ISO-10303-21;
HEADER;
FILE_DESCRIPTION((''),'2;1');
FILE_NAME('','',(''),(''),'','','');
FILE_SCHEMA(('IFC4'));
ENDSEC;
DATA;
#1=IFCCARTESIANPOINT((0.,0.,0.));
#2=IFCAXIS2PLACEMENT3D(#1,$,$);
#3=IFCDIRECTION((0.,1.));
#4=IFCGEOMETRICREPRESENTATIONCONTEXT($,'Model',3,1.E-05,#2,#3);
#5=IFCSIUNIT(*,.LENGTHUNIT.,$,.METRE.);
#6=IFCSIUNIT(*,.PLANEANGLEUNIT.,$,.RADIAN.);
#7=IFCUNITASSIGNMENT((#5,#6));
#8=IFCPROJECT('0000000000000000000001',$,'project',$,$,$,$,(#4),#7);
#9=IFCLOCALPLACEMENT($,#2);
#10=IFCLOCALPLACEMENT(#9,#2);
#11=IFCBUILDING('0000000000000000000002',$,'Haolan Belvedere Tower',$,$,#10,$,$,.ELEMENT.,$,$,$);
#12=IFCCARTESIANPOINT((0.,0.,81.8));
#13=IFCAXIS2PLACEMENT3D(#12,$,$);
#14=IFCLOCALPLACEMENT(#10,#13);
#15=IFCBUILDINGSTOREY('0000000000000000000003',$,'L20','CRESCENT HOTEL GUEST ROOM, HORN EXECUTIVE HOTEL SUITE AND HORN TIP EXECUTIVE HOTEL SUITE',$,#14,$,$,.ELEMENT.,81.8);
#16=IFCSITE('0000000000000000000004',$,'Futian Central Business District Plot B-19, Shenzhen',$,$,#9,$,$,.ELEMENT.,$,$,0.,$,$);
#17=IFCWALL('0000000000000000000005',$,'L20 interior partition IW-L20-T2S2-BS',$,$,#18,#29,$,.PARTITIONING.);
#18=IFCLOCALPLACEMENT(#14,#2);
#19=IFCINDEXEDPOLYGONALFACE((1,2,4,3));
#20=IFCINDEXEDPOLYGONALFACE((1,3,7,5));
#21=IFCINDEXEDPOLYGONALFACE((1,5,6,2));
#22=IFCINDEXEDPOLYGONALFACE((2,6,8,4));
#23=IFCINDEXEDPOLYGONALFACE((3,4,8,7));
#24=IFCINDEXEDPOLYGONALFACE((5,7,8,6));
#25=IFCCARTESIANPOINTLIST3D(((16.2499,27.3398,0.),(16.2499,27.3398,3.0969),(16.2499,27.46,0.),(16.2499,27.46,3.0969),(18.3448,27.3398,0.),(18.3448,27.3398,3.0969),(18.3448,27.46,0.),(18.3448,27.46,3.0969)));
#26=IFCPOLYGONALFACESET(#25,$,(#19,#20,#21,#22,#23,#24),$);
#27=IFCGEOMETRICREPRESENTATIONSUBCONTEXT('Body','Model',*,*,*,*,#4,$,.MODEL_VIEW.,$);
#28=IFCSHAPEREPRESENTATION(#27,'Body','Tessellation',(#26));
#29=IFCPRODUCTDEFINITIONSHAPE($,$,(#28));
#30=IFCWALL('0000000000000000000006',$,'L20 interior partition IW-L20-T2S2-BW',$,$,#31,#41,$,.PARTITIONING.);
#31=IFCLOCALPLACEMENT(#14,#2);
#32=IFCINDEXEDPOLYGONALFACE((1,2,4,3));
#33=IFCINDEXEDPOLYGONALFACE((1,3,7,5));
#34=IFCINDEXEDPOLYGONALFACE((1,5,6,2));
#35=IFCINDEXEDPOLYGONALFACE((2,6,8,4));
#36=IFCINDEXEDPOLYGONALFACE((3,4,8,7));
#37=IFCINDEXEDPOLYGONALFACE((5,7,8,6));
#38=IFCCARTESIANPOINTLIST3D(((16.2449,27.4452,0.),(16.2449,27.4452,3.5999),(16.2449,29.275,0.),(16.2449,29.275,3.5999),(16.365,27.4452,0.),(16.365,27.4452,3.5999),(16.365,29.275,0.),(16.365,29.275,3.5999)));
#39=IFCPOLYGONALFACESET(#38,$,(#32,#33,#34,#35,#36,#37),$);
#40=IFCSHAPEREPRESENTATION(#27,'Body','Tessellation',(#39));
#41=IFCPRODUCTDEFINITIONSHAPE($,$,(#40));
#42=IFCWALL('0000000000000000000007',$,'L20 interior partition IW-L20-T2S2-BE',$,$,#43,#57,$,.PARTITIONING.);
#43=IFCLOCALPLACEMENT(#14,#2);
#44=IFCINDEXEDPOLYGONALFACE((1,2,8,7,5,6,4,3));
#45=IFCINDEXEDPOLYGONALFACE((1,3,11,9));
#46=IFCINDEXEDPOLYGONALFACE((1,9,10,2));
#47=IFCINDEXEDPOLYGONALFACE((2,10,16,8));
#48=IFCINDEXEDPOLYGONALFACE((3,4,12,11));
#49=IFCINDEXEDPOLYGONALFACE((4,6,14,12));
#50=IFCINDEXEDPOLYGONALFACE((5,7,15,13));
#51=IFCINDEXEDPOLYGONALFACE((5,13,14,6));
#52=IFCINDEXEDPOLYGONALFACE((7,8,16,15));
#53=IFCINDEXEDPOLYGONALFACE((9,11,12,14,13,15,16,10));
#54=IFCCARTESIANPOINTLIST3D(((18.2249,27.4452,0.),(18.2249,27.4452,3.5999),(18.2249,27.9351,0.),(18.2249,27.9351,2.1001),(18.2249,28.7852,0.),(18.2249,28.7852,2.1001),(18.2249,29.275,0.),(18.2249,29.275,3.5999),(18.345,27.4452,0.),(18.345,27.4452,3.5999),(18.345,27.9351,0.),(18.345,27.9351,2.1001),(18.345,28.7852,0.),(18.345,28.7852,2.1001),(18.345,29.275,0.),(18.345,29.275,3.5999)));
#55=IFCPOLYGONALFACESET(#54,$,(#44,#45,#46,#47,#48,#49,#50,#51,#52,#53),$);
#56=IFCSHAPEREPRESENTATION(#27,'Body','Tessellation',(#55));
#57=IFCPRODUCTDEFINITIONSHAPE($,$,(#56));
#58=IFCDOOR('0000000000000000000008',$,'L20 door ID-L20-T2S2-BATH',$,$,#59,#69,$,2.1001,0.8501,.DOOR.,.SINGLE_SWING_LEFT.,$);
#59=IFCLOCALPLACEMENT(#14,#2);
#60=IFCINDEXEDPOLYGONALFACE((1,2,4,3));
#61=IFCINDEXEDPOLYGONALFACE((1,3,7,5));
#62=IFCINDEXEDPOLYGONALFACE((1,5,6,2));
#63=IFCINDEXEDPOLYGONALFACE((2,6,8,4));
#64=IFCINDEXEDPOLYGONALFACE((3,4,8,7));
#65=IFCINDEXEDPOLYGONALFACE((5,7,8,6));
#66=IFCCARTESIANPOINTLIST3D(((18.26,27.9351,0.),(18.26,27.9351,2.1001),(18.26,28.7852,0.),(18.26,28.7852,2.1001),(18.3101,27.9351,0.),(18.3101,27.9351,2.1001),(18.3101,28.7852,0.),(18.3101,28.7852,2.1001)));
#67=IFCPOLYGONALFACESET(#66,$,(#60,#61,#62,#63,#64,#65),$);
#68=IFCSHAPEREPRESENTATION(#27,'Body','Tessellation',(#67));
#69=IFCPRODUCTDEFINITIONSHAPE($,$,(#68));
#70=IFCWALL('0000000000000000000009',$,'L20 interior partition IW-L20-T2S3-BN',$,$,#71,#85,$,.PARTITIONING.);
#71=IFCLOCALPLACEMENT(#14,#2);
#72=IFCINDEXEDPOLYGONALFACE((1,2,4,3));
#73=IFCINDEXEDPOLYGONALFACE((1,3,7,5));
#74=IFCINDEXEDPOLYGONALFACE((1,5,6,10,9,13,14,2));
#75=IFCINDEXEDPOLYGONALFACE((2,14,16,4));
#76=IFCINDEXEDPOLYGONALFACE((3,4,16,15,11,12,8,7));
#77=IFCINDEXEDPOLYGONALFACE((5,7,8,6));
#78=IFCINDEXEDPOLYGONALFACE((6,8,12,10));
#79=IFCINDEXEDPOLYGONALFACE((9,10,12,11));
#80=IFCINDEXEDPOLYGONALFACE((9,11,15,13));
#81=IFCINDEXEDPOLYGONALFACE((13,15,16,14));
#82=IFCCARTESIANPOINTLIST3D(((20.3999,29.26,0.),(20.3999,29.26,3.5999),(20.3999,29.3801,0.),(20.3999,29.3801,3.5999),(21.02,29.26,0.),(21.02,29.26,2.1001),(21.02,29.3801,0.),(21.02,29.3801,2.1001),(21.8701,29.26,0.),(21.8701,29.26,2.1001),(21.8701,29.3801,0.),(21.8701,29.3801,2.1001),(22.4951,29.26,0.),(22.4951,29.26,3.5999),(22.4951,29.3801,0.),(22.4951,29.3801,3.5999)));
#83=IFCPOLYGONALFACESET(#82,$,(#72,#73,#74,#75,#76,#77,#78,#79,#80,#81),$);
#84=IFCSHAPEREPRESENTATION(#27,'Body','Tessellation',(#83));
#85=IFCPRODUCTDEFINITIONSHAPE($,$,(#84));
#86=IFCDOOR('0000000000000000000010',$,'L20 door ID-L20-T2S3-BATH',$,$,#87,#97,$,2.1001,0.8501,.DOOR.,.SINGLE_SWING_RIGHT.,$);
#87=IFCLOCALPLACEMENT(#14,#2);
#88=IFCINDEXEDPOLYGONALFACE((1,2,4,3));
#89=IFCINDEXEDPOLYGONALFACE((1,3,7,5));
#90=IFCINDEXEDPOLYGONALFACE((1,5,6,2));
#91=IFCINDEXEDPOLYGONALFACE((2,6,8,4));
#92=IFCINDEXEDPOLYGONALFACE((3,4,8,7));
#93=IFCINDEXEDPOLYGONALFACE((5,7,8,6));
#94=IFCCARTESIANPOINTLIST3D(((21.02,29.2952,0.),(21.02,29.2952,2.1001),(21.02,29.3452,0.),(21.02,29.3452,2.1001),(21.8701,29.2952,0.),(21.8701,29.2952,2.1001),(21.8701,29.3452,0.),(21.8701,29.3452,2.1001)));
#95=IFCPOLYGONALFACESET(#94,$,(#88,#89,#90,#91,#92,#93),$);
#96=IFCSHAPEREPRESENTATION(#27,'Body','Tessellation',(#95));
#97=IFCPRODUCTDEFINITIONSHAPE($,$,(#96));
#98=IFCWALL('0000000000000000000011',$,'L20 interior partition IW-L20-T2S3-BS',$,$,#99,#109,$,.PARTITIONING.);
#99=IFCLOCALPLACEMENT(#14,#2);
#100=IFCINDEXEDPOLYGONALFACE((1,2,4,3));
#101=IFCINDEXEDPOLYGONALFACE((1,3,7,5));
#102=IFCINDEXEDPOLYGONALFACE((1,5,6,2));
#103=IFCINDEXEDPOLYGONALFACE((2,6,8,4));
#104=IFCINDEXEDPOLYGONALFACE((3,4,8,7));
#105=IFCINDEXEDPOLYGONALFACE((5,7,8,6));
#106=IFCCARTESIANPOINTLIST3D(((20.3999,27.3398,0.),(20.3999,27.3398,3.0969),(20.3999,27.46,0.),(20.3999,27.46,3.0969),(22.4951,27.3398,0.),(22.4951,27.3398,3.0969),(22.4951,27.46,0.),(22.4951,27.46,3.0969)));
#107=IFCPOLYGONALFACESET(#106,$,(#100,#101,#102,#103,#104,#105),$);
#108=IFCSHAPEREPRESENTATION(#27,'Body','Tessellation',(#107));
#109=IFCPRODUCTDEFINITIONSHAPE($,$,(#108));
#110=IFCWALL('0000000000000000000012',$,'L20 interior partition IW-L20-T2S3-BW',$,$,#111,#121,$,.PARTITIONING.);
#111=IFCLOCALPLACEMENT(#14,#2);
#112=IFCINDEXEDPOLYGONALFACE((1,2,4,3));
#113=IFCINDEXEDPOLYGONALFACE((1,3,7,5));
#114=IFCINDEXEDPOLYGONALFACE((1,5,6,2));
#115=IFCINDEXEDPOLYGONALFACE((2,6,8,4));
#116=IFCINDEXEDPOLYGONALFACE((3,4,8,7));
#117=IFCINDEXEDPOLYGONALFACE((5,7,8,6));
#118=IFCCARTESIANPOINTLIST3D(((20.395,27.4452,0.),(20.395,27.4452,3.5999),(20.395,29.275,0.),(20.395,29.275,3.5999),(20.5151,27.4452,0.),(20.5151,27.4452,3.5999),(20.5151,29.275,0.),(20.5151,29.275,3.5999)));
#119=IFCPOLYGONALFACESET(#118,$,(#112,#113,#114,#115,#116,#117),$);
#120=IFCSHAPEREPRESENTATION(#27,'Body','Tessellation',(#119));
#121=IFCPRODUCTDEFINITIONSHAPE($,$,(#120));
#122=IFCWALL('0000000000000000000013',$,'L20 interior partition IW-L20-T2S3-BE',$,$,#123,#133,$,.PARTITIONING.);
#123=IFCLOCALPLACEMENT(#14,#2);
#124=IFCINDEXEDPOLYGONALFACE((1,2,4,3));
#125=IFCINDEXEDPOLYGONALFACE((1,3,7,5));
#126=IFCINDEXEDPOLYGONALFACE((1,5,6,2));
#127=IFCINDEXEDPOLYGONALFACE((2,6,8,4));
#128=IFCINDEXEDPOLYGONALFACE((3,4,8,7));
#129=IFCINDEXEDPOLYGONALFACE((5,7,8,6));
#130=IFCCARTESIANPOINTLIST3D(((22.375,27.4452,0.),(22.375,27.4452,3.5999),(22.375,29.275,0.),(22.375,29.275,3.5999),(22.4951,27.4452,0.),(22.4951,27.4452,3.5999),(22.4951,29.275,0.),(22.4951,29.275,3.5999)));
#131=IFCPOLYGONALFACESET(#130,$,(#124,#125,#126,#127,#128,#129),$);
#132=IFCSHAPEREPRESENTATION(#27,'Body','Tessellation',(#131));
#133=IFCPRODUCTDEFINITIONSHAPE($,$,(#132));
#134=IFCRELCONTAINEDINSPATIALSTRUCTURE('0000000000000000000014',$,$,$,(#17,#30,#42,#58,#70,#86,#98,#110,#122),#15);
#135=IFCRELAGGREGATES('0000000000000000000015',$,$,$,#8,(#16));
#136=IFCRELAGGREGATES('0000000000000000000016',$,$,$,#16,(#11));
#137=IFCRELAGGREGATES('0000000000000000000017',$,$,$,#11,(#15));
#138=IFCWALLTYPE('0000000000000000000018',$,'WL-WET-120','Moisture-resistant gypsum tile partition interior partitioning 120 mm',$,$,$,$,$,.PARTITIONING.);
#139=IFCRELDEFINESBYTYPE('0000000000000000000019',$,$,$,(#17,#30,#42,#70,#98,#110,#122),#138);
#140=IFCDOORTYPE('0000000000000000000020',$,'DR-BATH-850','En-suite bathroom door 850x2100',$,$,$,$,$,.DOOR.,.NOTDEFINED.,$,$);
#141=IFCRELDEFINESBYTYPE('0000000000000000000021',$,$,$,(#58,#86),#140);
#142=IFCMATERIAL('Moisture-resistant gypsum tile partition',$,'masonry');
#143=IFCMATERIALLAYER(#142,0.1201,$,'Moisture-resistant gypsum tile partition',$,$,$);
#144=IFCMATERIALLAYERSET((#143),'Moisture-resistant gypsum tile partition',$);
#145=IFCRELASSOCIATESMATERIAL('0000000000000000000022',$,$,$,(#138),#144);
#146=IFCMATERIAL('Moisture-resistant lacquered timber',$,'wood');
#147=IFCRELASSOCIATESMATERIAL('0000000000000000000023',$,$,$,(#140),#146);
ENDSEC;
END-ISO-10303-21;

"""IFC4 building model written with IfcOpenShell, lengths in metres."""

from ifc_helpers import new_model, si_unit, direction, frame, frame_2d, origin, place, context, subcontext, project, spatial, rectangle, extrude, material, layer, layer_set, type_object, element, fill, save


model = new_model("IFC4")

# Units and contexts
model_context = context("Model", 3, precision=1e-05, world=origin(), true_north=direction((0.0, 1.0)))
body_context = subcontext(model_context, "Body", "Model", "MODEL_VIEW")
ifc_project = project(units=[si_unit("LENGTHUNIT", "METRE"), si_unit("PLANEANGLEUNIT", "RADIAN")], contexts=[model_context])

# Site, building, storey
site_placement = place(None, origin())
site = spatial("IfcSite", under=ifc_project, at=site_placement, Name="Futian Central Business District Plot B-19, Shenzhen", CompositionType="ELEMENT", RefElevation=0.0)
building_placement = place(site_placement, origin())
building = spatial("IfcBuilding", under=site, at=building_placement, Name="Haolan Belvedere Tower", CompositionType="ELEMENT")
storey_placement = place(building_placement, frame((0.0, 0.0, 81.8)))
storey = spatial("IfcBuildingStorey", under=building, at=storey_placement, Name="L20", Description="CRESCENT HOTEL GUEST ROOM, HORN EXECUTIVE HOTEL SUITE AND HORN TIP EXECUTIVE HOTEL SUITE", CompositionType="ELEMENT", Elevation=81.8)

# Walls
ifc_material_1 = material(Name="Moisture-resistant gypsum tile partition", Category="masonry")
ifc_layer_1 = layer(ifc_material_1, 0.1201, Name="Moisture-resistant gypsum tile partition")
ifc_layer_set_1 = layer_set([ifc_layer_1], Name="Moisture-resistant gypsum tile partition")
wall_type_1 = type_object("IfcWallType", Name="WL-WET-120", Description="Moisture-resistant gypsum tile partition interior partitioning 120 mm", PredefinedType="PARTITIONING", material=ifc_layer_set_1)
wall_1_placement = place(storey_placement, frame((16.25, 27.3999, 0.0), z_axis=(0.0, 0.0, 1.0), x_axis=(1.0, 0.0, 0.0)))
element("IfcWall", 1, at=wall_1_placement, inside=storey, type_object=wall_type_1, Name="L20 interior partition IW-L20-T2S2-BS", PredefinedType="PARTITIONING", context=body_context, shape_type="SweptSolid", body=[
    extrude(rectangle(XDim=2.095, YDim=0.1201, at=frame_2d((1.0474, 0.0))), origin(), (0.0, 0.0, 1.0), 3.0969),
])
wall_2_placement = place(storey_placement, frame((16.3049, 27.4451, 0.0), z_axis=(0.0, 0.0, 1.0), x_axis=(0.0, 1.0, 0.0)))
element("IfcWall", 2, at=wall_2_placement, inside=storey, type_object=wall_type_1, Name="L20 interior partition IW-L20-T2S2-BW", PredefinedType="PARTITIONING", context=body_context, shape_type="SweptSolid", body=[
    extrude(rectangle(XDim=1.8298, YDim=0.1201, at=frame_2d((0.915, 0.0))), origin(), (0.0, 0.0, 1.0), 3.5999),
])

# Walls, openings, doors
wall_3_placement = place(storey_placement, frame((18.2849, 27.4451, 0.0), z_axis=(0.0, 0.0, 1.0), x_axis=(0.0, 1.0, 0.0)))
wall_3 = element("IfcWall", 3, at=wall_3_placement, inside=storey, type_object=wall_type_1, Name="L20 interior partition IW-L20-T2S2-BE", PredefinedType="PARTITIONING", context=body_context, shape_type="SweptSolid", body=[
    extrude(rectangle(XDim=1.8298, YDim=0.1201, at=frame_2d((0.915, 0.0))), origin(), (0.0, 0.0, 1.0), 3.5999),
])
opening_1_placement = place(wall_3_placement, frame((0.49, 0.0, 0.0)))
opening_1 = element("IfcOpeningElement", 4, at=opening_1_placement, cuts=wall_3, PredefinedType="OPENING", context=body_context, shape_type="SweptSolid", body=[
    extrude(rectangle(XDim=0.8501, YDim=2.1001, at=frame_2d((0.425, 1.05))), frame((0.0, 0.0701, 0.0), z_axis=(0.0, -1.0, 0.0), x_axis=(1.0, 0.0, 0.0)), (0.0, 0.0, 1.0), 0.1401),
])
ifc_material_2 = material(Name="Moisture-resistant lacquered timber", Category="wood")
door_type = type_object("IfcDoorType", Name="DR-BATH-850", Description="En-suite bathroom door 850x2100", OperationType="NOTDEFINED", PredefinedType="DOOR", material=ifc_material_2)
door_1_placement = place(opening_1_placement, origin())
door_1 = element("IfcDoor", 5, at=door_1_placement, inside=storey, type_object=door_type, Name="L20 door ID-L20-T2S2-BATH", OperationType="SINGLE_SWING_LEFT", OverallHeight=2.1001, OverallWidth=0.8501, PredefinedType="DOOR", context=body_context, shape_type="SweptSolid", body=[
    extrude(rectangle(XDim=0.8501, YDim=2.1001, at=frame_2d((0.425, 1.05))), frame((0.0, 0.0249, 0.0), z_axis=(0.0, -1.0, 0.0), x_axis=(1.0, 0.0, 0.0)), (0.0, 0.0, 1.0), 0.05),
])
fill(opening_1, door_1)
wall_4_placement = place(storey_placement, frame((20.3999, 29.3201, 0.0), z_axis=(0.0, 0.0, 1.0), x_axis=(1.0, 0.0, 0.0)))
wall_4 = element("IfcWall", 6, at=wall_4_placement, inside=storey, type_object=wall_type_1, Name="L20 interior partition IW-L20-T2S3-BN", PredefinedType="PARTITIONING", context=body_context, shape_type="SweptSolid", body=[
    extrude(rectangle(XDim=2.0952, YDim=0.1201, at=frame_2d((1.0476, 0.0))), origin(), (0.0, 0.0, 1.0), 3.5999),
])
opening_2_placement = place(wall_4_placement, frame((1.4702, 0.0, 0.0), z_axis=(0.0, 0.0, 1.0), x_axis=(-1.0, 0.0, 0.0)))
opening_2 = element("IfcOpeningElement", 7, at=opening_2_placement, cuts=wall_4, PredefinedType="OPENING", context=body_context, shape_type="SweptSolid", body=[
    extrude(rectangle(XDim=0.8501, YDim=2.1001, at=frame_2d((0.425, 1.05))), frame((0.0, 0.0701, 0.0), z_axis=(0.0, -1.0, 0.0), x_axis=(1.0, 0.0, 0.0)), (0.0, 0.0, 1.0), 0.1401),
])
door_2_placement = place(opening_2_placement, origin())
door_2 = element("IfcDoor", 8, at=door_2_placement, inside=storey, type_object=door_type, Name="L20 door ID-L20-T2S3-BATH", OperationType="SINGLE_SWING_RIGHT", OverallHeight=2.1001, OverallWidth=0.8501, PredefinedType="DOOR", context=body_context, shape_type="SweptSolid", body=[
    extrude(rectangle(XDim=0.8501, YDim=2.1001, at=frame_2d((0.425, 1.05))), frame((0.0, 0.0249, 0.0), z_axis=(0.0, -1.0, 0.0), x_axis=(1.0, 0.0, 0.0)), (0.0, 0.0, 1.0), 0.05),
])
fill(opening_2, door_2)

# Walls
wall_5_placement = place(storey_placement, frame((20.3999, 27.3999, 0.0), z_axis=(0.0, 0.0, 1.0), x_axis=(1.0, 0.0, 0.0)))
element("IfcWall", 9, at=wall_5_placement, inside=storey, type_object=wall_type_1, Name="L20 interior partition IW-L20-T2S3-BS", PredefinedType="PARTITIONING", context=body_context, shape_type="SweptSolid", body=[
    extrude(rectangle(XDim=2.0952, YDim=0.1201, at=frame_2d((1.0476, 0.0))), origin(), (0.0, 0.0, 1.0), 3.0969),
])
for number, where, z_axis, x_axis, name in (
    (10, (20.4551, 27.4451, 0.0), (0.0, 0.0, 1.0), (0.0, 1.0, 0.0), "L20 interior partition IW-L20-T2S3-BW"),
    (11, (22.4351, 27.4451, 0.0), (0.0, 0.0, 1.0), (0.0, 1.0, 0.0), "L20 interior partition IW-L20-T2S3-BE"),
):
    element("IfcWall", number, at=place(storey_placement, frame(where, z_axis=z_axis, x_axis=x_axis)), inside=storey, type_object=wall_type_1, Name=name, PredefinedType="PARTITIONING", context=body_context, shape_type="SweptSolid", body=[
        extrude(rectangle(XDim=1.8298, YDim=0.1201, at=frame_2d((0.915, 0.0))), origin(), (0.0, 0.0, 1.0), 3.5999),
    ])

save(model, "model.ifc")
